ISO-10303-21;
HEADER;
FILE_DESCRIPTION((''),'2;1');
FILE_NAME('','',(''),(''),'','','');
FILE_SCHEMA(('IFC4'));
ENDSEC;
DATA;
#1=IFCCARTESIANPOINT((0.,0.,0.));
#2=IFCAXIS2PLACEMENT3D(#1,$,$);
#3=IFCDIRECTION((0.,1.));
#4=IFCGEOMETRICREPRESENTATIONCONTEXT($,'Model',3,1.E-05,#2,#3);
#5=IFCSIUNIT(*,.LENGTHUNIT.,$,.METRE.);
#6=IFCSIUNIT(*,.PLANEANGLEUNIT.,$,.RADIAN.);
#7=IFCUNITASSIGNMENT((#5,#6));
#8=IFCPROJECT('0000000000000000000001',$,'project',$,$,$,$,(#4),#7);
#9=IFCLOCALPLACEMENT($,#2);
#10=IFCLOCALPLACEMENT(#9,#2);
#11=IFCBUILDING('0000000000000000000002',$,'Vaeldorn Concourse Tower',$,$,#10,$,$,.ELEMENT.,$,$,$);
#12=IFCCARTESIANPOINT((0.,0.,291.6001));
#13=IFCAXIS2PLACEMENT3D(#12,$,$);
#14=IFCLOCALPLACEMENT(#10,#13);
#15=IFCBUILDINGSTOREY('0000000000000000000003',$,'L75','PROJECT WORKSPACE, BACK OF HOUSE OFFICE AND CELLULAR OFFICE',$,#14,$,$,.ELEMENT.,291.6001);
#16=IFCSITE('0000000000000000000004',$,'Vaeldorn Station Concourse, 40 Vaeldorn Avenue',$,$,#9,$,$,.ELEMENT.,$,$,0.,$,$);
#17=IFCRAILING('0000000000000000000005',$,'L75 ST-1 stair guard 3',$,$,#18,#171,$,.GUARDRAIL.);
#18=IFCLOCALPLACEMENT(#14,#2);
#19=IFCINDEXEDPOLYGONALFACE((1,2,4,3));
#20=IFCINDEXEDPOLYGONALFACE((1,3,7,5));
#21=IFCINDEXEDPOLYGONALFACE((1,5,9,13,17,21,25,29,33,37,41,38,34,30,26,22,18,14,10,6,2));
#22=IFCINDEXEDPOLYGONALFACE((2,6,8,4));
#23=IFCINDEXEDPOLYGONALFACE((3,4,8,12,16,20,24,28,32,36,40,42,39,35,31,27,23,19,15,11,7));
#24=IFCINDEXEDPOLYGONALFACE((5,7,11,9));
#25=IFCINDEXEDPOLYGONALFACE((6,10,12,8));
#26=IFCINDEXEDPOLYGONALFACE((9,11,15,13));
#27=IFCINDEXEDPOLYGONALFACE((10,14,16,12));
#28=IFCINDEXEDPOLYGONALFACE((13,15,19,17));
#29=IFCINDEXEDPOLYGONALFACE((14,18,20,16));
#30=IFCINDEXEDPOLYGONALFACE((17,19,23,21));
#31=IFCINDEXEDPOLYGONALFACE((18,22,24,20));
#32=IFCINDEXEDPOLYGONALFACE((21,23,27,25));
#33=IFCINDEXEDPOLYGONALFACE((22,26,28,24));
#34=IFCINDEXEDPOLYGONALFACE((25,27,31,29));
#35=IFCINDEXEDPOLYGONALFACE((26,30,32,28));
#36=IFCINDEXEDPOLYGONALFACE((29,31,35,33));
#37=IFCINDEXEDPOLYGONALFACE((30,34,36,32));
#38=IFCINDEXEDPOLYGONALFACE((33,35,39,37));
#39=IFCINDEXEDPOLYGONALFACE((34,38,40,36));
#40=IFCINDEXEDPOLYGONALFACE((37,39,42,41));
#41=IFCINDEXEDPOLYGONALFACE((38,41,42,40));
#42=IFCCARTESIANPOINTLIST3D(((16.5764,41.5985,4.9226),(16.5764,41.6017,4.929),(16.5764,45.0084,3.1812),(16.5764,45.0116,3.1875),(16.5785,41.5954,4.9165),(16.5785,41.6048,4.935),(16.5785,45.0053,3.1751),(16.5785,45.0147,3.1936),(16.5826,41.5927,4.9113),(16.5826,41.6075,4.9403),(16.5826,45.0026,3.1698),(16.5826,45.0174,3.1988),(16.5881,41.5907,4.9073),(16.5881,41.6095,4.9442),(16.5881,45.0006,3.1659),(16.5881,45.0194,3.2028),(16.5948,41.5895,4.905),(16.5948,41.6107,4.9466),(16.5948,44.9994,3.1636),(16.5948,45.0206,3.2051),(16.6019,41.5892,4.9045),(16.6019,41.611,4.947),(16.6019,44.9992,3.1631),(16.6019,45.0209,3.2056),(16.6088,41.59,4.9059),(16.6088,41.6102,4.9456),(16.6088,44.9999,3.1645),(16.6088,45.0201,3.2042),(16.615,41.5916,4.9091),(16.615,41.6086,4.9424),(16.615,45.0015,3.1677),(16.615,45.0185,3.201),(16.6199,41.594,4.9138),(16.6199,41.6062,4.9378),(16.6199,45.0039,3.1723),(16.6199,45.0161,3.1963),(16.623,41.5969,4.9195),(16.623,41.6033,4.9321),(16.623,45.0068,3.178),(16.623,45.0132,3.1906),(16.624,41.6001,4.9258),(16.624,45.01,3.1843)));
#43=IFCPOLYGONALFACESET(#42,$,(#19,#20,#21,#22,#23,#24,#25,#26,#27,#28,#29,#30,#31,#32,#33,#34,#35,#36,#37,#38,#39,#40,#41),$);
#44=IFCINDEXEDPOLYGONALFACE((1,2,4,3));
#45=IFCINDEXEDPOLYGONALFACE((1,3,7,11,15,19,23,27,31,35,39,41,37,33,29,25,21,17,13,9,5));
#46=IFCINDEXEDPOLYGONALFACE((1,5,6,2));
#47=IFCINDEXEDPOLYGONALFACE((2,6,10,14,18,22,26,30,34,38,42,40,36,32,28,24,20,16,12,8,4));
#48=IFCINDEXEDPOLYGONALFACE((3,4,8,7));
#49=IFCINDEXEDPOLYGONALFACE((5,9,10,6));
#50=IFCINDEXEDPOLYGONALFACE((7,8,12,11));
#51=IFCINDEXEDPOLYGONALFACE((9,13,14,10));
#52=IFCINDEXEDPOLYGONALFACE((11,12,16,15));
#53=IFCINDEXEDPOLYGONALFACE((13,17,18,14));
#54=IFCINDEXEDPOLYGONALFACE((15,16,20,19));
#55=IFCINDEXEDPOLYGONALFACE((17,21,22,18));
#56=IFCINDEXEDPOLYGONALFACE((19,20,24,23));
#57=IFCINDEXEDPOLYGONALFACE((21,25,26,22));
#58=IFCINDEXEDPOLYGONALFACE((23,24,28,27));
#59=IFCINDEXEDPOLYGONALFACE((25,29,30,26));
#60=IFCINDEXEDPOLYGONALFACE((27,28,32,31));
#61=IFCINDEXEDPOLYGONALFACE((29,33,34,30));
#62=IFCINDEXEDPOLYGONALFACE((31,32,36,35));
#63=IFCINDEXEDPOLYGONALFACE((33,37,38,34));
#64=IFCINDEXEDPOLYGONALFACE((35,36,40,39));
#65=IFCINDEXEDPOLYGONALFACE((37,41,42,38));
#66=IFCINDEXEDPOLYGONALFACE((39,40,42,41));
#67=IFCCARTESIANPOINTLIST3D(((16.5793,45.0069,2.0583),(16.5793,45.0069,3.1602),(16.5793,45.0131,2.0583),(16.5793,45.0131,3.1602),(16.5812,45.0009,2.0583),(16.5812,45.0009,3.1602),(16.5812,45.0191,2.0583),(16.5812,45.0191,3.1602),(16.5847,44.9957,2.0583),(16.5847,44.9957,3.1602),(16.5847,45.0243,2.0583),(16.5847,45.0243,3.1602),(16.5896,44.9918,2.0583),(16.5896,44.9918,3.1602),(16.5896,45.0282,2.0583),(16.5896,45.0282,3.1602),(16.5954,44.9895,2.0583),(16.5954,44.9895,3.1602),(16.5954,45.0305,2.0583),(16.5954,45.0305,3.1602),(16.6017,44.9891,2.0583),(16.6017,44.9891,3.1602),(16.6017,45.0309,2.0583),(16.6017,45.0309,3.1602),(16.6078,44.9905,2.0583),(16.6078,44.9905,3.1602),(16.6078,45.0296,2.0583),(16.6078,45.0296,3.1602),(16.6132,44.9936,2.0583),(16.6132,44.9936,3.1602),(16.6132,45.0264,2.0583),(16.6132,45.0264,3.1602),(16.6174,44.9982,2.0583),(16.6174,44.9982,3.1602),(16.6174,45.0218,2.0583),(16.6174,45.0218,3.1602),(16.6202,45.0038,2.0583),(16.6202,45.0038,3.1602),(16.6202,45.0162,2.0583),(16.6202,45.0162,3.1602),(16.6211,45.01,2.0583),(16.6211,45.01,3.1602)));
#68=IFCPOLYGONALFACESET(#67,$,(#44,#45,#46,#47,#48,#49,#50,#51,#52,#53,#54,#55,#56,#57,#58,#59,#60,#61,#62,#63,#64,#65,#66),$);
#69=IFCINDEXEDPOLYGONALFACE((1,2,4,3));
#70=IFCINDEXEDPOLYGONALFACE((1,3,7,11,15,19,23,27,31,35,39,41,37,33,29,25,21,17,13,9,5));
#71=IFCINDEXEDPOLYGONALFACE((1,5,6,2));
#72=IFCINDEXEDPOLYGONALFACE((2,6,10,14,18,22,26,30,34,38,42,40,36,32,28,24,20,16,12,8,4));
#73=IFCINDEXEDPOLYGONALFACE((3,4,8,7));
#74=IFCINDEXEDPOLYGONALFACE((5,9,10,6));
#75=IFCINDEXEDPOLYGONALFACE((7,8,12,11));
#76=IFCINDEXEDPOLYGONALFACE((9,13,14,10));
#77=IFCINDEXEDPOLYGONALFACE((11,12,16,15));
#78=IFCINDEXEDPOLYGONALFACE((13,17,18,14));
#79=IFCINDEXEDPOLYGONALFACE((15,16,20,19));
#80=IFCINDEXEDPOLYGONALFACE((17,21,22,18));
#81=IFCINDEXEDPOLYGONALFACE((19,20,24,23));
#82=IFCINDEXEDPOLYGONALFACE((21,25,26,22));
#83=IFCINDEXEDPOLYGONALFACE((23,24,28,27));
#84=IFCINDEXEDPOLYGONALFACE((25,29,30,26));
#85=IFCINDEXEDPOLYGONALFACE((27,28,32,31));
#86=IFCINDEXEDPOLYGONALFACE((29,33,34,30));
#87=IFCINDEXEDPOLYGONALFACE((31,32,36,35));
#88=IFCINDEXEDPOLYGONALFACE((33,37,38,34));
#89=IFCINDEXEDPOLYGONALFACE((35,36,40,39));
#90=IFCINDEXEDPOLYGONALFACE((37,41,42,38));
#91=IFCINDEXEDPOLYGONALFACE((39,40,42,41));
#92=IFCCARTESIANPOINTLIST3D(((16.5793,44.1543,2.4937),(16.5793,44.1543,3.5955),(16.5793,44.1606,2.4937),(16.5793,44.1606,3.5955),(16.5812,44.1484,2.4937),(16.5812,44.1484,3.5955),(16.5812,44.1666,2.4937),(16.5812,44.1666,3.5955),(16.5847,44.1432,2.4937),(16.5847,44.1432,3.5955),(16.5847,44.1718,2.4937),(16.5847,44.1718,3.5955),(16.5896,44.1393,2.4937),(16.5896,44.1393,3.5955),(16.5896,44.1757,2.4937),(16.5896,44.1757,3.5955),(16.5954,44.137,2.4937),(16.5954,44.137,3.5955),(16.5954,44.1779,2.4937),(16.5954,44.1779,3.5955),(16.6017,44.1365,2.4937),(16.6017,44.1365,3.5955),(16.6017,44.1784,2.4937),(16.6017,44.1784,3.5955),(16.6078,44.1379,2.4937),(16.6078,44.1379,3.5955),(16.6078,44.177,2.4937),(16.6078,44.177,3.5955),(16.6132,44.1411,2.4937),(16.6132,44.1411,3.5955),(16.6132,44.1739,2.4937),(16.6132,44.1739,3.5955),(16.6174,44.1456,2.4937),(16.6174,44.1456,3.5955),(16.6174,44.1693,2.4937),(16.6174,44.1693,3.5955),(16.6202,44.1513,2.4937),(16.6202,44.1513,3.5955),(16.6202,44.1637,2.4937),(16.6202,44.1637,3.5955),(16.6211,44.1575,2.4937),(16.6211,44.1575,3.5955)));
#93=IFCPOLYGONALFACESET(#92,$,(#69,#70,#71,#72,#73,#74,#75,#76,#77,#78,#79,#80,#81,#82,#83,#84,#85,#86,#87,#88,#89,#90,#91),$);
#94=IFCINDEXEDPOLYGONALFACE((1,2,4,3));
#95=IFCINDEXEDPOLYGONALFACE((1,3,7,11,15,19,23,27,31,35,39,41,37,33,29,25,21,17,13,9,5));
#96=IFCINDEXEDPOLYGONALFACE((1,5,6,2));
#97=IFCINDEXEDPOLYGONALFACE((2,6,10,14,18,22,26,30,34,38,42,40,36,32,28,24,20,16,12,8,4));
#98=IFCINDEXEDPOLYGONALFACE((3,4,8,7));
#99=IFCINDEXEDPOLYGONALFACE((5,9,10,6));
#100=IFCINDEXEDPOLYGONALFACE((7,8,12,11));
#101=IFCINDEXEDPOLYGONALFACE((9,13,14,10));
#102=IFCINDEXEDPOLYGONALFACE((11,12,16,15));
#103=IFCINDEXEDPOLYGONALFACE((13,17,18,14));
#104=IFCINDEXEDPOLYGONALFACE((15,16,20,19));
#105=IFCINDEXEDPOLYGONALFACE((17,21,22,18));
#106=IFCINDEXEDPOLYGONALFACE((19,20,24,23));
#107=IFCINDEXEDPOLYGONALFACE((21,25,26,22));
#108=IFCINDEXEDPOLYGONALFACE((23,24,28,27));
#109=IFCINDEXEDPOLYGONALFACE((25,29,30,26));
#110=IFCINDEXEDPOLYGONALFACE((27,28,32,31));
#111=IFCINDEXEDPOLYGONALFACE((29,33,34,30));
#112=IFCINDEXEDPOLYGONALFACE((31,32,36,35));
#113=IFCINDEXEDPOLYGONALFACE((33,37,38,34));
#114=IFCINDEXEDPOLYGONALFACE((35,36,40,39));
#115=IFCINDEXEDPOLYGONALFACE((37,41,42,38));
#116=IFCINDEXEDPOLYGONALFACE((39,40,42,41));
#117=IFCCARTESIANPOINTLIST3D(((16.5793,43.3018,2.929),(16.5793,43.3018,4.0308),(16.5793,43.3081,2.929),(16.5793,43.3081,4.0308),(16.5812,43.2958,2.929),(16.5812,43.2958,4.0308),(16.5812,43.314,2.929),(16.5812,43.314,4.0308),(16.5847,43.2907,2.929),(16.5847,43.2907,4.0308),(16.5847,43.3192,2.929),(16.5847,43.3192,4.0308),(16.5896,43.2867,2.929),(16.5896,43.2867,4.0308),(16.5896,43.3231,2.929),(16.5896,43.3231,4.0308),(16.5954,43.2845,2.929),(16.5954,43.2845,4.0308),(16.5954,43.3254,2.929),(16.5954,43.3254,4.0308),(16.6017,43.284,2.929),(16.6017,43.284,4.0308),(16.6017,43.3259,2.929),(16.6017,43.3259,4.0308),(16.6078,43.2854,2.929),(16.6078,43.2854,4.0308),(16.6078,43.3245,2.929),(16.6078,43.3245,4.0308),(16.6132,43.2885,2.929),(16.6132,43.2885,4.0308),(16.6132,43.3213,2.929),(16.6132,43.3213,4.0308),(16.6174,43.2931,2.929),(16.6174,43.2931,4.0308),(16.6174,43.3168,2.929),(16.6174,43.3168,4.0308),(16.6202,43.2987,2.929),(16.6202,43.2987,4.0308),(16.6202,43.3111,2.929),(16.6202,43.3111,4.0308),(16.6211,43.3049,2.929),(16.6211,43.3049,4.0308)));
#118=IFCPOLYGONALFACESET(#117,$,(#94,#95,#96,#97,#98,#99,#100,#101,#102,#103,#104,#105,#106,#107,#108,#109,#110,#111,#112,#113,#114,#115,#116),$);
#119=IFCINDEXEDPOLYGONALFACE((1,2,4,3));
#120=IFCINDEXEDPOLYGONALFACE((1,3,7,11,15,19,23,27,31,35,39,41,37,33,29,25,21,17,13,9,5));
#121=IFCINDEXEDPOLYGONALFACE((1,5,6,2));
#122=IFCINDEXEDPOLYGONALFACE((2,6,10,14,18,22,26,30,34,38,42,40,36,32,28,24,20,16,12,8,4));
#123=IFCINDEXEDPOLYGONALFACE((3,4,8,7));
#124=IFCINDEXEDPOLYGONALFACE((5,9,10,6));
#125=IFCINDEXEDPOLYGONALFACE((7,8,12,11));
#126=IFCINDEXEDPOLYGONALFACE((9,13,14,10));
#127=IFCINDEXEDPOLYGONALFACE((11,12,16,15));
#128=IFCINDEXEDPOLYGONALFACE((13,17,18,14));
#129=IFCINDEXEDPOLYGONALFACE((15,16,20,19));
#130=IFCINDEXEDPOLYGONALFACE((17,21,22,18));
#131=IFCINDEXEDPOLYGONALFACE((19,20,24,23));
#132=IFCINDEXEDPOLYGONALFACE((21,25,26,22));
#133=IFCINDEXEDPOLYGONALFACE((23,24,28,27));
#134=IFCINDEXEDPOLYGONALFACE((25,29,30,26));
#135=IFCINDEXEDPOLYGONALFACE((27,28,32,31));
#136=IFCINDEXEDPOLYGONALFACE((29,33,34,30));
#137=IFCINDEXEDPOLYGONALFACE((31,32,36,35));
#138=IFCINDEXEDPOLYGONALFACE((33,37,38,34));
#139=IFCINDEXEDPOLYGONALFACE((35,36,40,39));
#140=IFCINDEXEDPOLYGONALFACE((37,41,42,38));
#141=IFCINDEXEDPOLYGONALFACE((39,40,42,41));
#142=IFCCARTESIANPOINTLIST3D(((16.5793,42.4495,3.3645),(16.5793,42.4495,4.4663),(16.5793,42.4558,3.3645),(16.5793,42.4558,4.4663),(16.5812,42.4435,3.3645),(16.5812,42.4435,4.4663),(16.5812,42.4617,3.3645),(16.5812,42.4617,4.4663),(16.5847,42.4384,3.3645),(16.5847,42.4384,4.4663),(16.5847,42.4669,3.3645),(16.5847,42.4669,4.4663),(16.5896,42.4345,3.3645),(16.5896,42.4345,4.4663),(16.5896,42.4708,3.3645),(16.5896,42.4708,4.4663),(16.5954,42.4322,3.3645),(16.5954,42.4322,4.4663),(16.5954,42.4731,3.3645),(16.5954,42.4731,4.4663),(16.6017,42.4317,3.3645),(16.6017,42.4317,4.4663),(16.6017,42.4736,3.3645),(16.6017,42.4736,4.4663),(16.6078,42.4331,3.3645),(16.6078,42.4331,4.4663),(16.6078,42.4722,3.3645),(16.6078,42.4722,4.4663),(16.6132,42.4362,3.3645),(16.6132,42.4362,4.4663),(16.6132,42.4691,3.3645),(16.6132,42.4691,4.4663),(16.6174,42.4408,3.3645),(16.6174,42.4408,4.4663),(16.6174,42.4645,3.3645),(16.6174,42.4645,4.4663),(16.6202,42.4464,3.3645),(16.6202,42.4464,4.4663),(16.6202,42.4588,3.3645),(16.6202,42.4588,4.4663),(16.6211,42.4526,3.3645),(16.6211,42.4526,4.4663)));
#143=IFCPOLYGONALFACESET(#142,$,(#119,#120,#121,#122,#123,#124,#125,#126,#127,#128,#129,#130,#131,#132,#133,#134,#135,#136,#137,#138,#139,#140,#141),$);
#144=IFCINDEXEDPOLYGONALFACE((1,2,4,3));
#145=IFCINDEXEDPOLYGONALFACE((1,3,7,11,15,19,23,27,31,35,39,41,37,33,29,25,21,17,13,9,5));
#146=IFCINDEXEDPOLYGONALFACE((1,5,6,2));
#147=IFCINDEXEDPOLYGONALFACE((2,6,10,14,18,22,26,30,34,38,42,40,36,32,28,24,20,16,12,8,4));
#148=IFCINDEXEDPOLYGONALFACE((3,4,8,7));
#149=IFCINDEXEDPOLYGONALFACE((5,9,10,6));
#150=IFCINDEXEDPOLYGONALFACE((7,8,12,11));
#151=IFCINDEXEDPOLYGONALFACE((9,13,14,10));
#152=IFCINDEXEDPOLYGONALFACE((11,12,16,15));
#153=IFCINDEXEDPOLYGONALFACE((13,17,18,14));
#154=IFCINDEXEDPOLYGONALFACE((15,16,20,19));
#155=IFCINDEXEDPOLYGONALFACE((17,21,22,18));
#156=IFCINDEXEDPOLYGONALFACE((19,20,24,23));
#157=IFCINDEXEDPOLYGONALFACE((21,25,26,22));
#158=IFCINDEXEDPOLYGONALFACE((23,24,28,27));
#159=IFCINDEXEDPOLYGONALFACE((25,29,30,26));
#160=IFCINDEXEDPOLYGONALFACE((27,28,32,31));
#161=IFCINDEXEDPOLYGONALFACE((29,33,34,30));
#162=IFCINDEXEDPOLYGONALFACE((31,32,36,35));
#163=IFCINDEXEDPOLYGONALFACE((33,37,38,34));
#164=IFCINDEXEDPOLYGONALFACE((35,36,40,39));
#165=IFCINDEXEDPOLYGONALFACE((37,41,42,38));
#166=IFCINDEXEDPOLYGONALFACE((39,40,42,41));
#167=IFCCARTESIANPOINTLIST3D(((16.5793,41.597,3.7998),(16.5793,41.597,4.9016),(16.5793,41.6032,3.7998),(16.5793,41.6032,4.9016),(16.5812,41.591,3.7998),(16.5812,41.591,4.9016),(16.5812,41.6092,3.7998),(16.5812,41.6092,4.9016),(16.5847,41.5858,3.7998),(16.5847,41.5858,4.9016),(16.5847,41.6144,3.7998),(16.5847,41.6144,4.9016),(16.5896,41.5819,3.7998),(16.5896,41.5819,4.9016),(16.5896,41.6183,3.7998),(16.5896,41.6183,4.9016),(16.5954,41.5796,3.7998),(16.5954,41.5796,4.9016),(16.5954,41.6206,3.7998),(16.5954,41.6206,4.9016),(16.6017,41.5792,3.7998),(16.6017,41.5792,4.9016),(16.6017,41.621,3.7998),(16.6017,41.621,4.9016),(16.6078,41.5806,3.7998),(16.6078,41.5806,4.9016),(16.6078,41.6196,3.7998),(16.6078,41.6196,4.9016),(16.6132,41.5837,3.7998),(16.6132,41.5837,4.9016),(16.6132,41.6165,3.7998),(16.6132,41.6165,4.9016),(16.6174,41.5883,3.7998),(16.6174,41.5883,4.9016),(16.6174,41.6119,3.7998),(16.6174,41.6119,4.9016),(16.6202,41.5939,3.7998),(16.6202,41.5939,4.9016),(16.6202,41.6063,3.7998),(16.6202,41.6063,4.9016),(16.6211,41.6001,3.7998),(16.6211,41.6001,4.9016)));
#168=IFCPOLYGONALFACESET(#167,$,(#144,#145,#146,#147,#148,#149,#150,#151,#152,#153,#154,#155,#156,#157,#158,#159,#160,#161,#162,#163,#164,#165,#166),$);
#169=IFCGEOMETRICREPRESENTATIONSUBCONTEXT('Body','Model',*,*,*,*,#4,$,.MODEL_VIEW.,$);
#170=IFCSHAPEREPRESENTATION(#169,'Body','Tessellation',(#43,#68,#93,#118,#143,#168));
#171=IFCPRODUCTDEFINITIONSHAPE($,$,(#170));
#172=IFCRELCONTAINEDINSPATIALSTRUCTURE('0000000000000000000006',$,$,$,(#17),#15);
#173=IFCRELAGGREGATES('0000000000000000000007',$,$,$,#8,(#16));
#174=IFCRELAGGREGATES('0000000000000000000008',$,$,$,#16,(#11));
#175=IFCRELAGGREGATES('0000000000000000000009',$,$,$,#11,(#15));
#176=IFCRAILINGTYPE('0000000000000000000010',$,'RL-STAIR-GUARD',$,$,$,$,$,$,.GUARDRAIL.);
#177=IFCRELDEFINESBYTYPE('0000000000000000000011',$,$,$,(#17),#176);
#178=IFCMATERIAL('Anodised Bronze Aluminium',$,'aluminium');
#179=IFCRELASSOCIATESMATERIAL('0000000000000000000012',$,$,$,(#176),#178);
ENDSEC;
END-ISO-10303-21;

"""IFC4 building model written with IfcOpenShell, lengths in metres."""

from ifc_helpers import new_model, si_unit, direction, frame, origin, origin_2d, place, context, subcontext, project, spatial, circle, extrude, material, type_object, element, save


model = new_model("IFC4")

# Units and contexts
model_context = context("Model", 3, precision=1e-05, world=origin(), true_north=direction((0.0, 1.0)))
body_context = subcontext(model_context, "Body", "Model", "MODEL_VIEW")
ifc_project = project(units=[si_unit("LENGTHUNIT", "METRE"), si_unit("PLANEANGLEUNIT", "RADIAN")], contexts=[model_context])

# Site, building, storey
site_placement = place(None, origin())
site = spatial("IfcSite", under=ifc_project, at=site_placement, Name="Vaeldorn Station Concourse, 40 Vaeldorn Avenue", CompositionType="ELEMENT", RefElevation=0.0)
building_placement = place(site_placement, origin())
building = spatial("IfcBuilding", under=site, at=building_placement, Name="Vaeldorn Concourse Tower", CompositionType="ELEMENT")
storey_placement = place(building_placement, frame((0.0, 0.0, 291.6001)))
storey = spatial("IfcBuildingStorey", under=building, at=storey_placement, Name="L75", Description="PROJECT WORKSPACE, BACK OF HOUSE OFFICE AND CELLULAR OFFICE", CompositionType="ELEMENT", Elevation=291.6001)

# Shared definitions
ifc_material_1 = material(Name="Anodised Bronze Aluminium", Category="aluminium")

# Railing
railing_type_1 = type_object("IfcRailingType", Name="RL-STAIR-GUARD", PredefinedType="GUARDRAIL", material=ifc_material_1)
railing_1_placement = place(storey_placement, frame((16.6001, 45.01, 2.0583)))
element("IfcRailing", 1, at=railing_1_placement, inside=storey, type_object=railing_type_1, Name="L75 ST-1 stair guard 3", PredefinedType="GUARDRAIL", context=body_context, shape_type="SweptSolid", body=[
    extrude(circle(Radius=0.0239, at=origin_2d()), frame((0.0, 0.0, 1.126), z_axis=(0.0, -0.890582, 0.454823), x_axis=(1.0, 0.0, 0.0)), (0.0, 0.0, 1.0), 3.8289),
    extrude(circle(Radius=0.021, at=origin_2d()), origin(), (0.0, 0.0, 1.0), 1.1018),
    extrude(circle(Radius=0.021, at=origin_2d()), frame((0.0, -0.8525, 0.4353)), (0.0, 0.0, 1.0), 1.1018),
    extrude(circle(Radius=0.021, at=origin_2d()), frame((0.0, -1.7051, 0.8706)), (0.0, 0.0, 1.0), 1.1018),
    extrude(circle(Radius=0.021, at=origin_2d()), frame((0.0, -2.5574, 1.3062)), (0.0, 0.0, 1.0), 1.1018),
    extrude(circle(Radius=0.021, at=origin_2d()), frame((0.0, -3.4099, 1.7415)), (0.0, 0.0, 1.0), 1.1018),
])

save(model, "model.ifc")
